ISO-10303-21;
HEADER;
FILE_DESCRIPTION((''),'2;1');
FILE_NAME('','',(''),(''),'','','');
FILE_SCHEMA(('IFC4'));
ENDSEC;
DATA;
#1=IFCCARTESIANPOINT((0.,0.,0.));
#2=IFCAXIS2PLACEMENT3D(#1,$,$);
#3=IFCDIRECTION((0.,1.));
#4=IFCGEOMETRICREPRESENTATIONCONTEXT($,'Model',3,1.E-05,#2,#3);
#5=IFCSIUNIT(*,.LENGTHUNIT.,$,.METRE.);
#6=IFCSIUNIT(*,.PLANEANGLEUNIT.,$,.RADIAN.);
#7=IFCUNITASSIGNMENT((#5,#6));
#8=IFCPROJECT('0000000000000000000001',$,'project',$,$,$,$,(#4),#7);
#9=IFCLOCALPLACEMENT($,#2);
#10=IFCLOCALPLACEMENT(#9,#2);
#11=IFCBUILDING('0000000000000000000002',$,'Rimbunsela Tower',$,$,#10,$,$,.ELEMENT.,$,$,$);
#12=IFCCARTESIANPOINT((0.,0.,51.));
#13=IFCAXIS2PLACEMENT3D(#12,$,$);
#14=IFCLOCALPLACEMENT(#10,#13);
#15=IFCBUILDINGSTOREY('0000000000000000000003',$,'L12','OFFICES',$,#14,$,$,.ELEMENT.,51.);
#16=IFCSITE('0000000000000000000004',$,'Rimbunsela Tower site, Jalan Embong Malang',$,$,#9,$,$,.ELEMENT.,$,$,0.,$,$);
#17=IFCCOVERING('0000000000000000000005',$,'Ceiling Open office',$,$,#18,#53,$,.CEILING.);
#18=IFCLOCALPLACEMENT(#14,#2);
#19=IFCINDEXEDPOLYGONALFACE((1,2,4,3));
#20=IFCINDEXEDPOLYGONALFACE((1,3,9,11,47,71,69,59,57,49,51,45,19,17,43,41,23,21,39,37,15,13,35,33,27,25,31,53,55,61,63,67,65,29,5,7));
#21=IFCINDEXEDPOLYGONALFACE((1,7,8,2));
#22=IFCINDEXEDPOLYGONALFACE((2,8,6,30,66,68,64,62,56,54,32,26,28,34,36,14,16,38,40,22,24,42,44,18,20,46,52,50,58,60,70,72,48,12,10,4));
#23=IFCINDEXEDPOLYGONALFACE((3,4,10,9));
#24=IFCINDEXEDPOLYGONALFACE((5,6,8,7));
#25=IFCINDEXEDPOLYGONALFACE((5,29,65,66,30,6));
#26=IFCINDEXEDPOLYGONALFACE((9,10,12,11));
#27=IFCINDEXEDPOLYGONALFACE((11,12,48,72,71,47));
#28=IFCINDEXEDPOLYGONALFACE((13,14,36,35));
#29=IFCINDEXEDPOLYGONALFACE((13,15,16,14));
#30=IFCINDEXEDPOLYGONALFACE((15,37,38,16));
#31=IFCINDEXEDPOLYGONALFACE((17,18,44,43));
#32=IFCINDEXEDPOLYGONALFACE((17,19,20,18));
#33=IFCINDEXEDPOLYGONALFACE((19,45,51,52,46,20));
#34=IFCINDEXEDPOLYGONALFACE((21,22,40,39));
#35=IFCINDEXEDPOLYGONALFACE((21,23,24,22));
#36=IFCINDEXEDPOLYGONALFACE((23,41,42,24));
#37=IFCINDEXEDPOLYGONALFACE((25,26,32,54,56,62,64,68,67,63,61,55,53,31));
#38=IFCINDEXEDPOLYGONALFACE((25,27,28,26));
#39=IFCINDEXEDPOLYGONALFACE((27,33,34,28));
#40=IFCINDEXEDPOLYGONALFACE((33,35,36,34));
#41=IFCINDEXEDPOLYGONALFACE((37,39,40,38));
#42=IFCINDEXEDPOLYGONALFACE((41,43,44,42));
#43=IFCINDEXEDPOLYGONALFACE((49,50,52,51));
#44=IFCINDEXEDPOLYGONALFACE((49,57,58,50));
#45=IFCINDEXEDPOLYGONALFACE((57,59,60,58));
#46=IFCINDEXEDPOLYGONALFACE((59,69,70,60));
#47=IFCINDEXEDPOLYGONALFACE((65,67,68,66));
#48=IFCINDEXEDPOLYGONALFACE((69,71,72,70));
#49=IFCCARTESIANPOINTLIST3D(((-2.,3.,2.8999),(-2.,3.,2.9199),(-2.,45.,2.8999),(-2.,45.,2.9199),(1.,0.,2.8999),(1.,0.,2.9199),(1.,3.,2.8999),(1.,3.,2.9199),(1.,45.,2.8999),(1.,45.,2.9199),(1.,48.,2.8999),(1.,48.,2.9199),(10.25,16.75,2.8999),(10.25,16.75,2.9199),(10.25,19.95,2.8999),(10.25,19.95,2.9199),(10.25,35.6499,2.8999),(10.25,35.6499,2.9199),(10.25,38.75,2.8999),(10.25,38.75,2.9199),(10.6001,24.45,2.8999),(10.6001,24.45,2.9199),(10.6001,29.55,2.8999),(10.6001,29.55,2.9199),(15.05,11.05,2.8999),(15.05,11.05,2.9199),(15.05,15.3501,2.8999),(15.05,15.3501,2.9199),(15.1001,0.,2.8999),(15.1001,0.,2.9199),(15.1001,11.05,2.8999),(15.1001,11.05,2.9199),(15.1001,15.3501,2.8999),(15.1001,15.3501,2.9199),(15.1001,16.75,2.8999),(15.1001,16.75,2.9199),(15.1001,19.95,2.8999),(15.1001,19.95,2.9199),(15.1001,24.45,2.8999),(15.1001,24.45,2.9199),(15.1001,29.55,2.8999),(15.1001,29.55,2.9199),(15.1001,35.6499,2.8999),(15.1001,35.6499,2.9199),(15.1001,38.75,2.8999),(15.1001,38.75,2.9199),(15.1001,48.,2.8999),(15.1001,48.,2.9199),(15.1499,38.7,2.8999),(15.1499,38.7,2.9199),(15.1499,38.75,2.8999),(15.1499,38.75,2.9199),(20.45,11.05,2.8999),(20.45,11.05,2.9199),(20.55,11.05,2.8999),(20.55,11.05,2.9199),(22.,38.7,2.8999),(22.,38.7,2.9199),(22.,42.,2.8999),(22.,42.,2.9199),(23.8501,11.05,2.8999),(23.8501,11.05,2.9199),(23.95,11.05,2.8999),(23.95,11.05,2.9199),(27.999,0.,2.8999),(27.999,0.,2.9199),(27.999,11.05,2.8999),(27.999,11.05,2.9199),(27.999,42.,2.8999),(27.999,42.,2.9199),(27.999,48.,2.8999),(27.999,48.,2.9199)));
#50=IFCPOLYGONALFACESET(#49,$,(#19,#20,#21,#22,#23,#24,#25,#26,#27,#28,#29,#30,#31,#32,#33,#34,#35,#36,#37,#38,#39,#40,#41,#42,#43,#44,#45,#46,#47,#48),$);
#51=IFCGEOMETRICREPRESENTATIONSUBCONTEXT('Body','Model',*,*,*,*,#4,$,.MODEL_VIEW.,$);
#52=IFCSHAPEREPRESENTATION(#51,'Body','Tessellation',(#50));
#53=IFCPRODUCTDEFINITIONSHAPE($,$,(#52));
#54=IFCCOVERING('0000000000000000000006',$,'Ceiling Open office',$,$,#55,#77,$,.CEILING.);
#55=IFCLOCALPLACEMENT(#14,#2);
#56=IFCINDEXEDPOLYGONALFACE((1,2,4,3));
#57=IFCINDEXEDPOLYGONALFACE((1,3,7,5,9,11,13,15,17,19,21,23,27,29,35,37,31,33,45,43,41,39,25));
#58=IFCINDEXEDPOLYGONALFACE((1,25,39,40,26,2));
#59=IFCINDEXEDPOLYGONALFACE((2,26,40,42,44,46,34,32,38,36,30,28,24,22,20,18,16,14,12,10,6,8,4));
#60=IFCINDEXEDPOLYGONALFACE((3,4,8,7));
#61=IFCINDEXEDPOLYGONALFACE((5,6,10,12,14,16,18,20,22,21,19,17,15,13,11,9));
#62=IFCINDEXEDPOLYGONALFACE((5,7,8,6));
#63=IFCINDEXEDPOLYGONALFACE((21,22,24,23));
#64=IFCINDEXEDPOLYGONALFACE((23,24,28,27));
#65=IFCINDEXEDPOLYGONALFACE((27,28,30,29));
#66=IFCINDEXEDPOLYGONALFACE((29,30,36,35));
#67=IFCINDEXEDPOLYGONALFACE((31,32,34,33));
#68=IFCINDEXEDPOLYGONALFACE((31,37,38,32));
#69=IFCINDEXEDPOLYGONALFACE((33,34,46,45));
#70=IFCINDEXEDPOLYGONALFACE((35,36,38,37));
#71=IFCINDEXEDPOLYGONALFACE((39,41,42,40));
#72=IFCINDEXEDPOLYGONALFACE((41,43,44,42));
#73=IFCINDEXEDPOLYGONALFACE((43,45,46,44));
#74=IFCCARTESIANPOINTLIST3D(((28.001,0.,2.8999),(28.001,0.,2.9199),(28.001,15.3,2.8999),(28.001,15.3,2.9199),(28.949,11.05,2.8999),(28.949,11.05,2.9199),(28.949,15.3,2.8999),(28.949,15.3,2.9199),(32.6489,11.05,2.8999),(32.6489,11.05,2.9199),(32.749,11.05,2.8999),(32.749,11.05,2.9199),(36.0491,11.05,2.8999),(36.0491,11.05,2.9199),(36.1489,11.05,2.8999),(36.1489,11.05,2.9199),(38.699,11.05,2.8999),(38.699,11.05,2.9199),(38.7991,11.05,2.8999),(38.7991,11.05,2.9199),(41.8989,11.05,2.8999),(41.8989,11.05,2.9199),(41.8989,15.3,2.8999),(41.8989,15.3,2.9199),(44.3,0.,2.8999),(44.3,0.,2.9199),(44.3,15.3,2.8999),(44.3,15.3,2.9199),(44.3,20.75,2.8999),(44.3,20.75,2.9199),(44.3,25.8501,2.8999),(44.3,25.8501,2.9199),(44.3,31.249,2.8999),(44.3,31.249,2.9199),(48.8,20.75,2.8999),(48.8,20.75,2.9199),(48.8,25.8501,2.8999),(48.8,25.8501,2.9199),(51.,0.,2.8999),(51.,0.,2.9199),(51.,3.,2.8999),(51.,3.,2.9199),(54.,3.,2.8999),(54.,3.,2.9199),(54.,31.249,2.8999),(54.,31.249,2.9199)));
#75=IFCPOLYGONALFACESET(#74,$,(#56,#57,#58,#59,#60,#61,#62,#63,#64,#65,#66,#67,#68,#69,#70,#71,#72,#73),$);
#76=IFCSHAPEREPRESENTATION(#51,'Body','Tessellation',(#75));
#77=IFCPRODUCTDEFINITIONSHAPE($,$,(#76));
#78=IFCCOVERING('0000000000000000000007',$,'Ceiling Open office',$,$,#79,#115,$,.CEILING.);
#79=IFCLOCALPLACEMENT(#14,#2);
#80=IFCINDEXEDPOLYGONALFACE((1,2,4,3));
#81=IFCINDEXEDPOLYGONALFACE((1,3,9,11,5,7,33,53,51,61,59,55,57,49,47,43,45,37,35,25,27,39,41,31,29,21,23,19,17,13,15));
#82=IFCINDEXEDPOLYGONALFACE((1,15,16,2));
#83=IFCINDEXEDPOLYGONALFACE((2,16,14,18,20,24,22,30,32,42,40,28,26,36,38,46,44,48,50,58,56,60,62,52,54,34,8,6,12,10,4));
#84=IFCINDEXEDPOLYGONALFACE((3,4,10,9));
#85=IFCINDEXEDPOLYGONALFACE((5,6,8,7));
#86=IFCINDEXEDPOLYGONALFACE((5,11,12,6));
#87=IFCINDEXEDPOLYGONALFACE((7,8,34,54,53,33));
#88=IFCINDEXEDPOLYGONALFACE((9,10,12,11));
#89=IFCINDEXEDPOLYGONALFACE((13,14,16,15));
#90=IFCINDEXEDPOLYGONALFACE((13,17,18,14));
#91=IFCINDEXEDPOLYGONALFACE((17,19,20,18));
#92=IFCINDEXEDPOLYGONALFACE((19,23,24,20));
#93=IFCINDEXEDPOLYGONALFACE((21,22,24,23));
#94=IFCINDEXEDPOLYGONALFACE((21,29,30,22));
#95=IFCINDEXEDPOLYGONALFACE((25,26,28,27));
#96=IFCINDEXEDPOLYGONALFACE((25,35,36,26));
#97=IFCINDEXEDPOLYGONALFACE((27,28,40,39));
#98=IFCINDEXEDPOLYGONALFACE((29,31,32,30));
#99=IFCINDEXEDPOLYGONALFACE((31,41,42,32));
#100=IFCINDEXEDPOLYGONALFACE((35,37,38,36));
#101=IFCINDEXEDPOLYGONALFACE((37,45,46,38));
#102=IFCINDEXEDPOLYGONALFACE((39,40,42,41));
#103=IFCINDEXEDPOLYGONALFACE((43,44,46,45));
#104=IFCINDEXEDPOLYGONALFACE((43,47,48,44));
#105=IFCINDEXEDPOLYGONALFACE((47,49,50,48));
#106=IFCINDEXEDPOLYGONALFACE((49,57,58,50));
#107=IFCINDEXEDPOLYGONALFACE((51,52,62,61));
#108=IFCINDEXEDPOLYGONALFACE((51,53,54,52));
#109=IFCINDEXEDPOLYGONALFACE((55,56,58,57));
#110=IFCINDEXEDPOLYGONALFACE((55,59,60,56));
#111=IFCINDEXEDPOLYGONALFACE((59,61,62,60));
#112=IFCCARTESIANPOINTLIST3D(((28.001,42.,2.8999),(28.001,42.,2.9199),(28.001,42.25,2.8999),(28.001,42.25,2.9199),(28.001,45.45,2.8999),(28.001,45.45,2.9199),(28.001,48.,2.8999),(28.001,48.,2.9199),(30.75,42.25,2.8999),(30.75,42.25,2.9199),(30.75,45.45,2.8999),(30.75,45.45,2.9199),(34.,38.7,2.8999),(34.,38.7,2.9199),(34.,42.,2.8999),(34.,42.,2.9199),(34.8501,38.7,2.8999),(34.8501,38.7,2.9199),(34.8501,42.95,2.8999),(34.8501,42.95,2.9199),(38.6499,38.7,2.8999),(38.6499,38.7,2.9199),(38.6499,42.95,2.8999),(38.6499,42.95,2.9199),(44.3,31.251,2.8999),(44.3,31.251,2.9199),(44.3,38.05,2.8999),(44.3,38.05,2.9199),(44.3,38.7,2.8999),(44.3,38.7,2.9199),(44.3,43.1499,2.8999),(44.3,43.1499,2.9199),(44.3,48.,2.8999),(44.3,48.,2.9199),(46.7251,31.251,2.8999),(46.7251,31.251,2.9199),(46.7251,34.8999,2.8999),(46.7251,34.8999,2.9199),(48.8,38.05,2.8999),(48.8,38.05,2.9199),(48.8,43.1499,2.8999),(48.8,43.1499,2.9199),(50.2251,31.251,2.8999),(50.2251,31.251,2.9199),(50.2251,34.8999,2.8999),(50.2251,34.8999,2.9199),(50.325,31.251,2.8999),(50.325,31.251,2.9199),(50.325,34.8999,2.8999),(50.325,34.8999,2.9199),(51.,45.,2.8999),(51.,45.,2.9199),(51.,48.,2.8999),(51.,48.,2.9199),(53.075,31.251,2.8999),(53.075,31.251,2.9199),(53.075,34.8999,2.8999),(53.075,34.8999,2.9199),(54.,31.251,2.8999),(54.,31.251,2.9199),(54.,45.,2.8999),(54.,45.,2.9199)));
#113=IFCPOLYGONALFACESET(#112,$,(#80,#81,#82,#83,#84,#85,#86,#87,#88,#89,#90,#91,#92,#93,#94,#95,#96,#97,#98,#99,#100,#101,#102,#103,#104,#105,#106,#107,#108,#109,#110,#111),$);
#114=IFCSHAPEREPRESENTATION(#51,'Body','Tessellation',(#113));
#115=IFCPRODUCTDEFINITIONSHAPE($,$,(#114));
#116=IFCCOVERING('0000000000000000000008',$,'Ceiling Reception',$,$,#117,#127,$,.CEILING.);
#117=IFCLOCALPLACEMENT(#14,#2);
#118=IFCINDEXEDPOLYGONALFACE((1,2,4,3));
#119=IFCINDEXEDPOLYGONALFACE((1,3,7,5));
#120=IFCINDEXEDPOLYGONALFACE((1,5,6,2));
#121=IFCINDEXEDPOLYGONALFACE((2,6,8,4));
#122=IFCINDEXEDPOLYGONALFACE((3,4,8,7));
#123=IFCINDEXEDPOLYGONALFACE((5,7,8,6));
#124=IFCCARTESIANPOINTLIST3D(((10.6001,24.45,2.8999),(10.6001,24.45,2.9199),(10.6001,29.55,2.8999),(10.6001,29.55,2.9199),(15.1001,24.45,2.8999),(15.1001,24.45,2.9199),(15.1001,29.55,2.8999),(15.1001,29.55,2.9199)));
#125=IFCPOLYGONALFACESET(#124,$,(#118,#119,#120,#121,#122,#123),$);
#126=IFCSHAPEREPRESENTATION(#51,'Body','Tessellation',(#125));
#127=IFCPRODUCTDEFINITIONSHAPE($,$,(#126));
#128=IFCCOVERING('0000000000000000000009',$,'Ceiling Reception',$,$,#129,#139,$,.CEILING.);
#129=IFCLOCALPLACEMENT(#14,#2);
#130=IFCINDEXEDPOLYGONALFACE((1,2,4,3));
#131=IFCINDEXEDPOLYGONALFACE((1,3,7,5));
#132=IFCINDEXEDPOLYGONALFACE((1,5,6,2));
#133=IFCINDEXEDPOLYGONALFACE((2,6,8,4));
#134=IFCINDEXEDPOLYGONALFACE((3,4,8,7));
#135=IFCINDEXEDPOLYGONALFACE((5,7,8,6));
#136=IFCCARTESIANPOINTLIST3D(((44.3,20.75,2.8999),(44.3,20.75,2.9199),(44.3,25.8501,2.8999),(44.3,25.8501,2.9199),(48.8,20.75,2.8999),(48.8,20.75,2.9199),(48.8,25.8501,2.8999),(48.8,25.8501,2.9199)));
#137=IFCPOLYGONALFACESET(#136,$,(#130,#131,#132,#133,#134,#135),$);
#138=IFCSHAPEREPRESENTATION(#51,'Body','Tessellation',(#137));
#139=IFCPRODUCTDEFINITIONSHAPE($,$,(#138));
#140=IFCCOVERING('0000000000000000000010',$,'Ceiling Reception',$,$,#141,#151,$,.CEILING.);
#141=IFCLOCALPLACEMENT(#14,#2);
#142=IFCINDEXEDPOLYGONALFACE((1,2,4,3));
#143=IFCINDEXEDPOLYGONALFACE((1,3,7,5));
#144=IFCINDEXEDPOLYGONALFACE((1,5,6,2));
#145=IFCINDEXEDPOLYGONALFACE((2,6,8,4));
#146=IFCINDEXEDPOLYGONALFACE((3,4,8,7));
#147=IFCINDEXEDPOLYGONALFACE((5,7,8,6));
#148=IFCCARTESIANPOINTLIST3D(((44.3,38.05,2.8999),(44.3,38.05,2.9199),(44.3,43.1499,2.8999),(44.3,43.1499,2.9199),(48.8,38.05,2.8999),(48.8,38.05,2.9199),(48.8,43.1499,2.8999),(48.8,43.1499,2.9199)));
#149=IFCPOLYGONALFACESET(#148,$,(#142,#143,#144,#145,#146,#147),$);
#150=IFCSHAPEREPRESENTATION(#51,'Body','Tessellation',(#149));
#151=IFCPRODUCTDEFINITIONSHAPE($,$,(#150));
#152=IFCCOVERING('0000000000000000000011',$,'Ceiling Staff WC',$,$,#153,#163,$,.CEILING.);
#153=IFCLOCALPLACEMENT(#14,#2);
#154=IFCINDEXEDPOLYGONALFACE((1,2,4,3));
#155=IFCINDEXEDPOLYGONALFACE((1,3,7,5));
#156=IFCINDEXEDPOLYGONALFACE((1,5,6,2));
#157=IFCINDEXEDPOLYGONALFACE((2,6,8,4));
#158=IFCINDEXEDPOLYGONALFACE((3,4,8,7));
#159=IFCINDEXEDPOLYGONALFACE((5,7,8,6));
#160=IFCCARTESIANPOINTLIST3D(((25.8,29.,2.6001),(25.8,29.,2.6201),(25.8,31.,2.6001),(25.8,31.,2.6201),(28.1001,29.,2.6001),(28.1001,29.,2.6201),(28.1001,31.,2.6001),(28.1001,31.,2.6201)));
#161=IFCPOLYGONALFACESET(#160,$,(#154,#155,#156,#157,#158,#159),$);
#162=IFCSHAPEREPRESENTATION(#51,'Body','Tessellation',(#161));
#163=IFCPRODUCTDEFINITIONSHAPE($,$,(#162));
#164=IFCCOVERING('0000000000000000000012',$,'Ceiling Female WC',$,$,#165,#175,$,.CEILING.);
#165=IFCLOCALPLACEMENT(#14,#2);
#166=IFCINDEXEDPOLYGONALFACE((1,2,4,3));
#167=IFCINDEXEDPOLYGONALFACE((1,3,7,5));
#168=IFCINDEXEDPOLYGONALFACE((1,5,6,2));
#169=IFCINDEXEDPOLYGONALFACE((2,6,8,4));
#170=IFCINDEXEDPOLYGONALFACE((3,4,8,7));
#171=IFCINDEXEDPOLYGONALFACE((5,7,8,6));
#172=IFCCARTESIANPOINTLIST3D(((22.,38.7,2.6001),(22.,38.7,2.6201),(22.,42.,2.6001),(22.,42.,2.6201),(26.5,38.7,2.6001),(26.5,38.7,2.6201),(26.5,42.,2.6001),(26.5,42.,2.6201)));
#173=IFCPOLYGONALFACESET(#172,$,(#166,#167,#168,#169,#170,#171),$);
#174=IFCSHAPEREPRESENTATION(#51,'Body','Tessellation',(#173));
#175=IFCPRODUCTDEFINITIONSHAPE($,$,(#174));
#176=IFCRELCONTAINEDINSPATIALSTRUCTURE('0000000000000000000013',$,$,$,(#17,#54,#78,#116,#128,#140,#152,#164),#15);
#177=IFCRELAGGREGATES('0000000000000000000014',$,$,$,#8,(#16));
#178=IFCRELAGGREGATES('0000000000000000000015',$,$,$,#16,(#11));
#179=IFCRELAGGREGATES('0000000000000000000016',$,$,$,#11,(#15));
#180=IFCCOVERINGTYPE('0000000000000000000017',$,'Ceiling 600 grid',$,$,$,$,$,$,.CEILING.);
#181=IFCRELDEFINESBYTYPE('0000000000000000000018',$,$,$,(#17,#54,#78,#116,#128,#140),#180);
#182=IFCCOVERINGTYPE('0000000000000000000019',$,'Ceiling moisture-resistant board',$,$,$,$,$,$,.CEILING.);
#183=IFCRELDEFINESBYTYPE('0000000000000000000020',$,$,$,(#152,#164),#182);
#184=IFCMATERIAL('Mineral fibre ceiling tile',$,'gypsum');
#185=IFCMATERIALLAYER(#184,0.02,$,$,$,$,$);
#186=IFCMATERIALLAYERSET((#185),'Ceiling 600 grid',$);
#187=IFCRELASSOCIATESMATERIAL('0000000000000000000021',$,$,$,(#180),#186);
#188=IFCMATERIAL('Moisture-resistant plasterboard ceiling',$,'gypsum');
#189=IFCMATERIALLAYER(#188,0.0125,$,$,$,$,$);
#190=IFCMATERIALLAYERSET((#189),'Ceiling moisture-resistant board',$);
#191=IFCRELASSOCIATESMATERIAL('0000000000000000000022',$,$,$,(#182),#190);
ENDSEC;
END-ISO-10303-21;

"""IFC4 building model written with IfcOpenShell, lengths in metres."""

from ifc_helpers import new_model, si_unit, direction, frame, origin, place, context, subcontext, project, spatial, polyline, outline, extrude, material, layer, layer_set, type_object, element, save


model = new_model("IFC4")

# Units and contexts
model_context = context("Model", 3, precision=1e-05, world=origin(), true_north=direction((0.0, 1.0)))
body_context = subcontext(model_context, "Body", "Model", "MODEL_VIEW")
ifc_project = project(units=[si_unit("LENGTHUNIT", "METRE"), si_unit("PLANEANGLEUNIT", "RADIAN")], contexts=[model_context])

# Site, building, storey
site_placement = place(None, origin())
site = spatial("IfcSite", under=ifc_project, at=site_placement, Name="Rimbunsela Tower site, Jalan Embong Malang", CompositionType="ELEMENT", RefElevation=0.0)
building_placement = place(site_placement, origin())
building = spatial("IfcBuilding", under=site, at=building_placement, Name="Rimbunsela Tower", CompositionType="ELEMENT")
storey_placement = place(building_placement, frame((0.0, 0.0, 51.0)))
storey = spatial("IfcBuildingStorey", under=building, at=storey_placement, Name="L12", Description="OFFICES", CompositionType="ELEMENT", Elevation=51.0)

# Coverings
ifc_material_1 = material(Name="Mineral fibre ceiling tile", Category="gypsum")
ifc_layer_1 = layer(ifc_material_1, 0.02)
ifc_layer_set_1 = layer_set([ifc_layer_1], Name="Ceiling 600 grid")
covering_type_1 = type_object("IfcCoveringType", Name="Ceiling 600 grid", PredefinedType="CEILING", material=ifc_layer_set_1)
covering_1_placement = place(storey_placement, frame((0.0, 0.0, 2.8999)))
element("IfcCovering", 1, at=covering_1_placement, inside=storey, type_object=covering_type_1, Name="Ceiling Open office", PredefinedType="CEILING", context=body_context, shape_type="SweptSolid", body=[
    extrude(outline(polyline([(20.55, 11.05), (23.8501, 11.05), (23.95, 11.05), (27.999, 11.05), (27.999, 0.0), (15.1001, 0.0), (1.0, 0.0), (1.0, 3.0), (-2.0, 3.0), (-2.0, 45.0), (1.0, 45.0), (1.0, 48.0), (15.1001, 48.0), (27.999, 48.0), (27.999, 42.0), (22.0, 42.0), (22.0, 38.7), (15.1499, 38.7), (15.1499, 38.75), (15.1001, 38.75), (10.25, 38.75), (10.25, 35.6499), (15.1001, 35.6499), (15.1001, 29.55), (10.6001, 29.55), (10.6001, 24.45), (15.1001, 24.45), (15.1001, 19.95), (10.25, 19.95), (10.25, 16.75), (15.1001, 16.75), (15.1001, 15.3501), (15.05, 15.3501), (15.05, 11.05), (15.1001, 11.05), (20.45, 11.05), (20.55, 11.05)])), origin(), (0.0, 0.0, 1.0), 0.02),
])
covering_2_placement = place(storey_placement, frame((0.0, 0.0, 2.8999)))
element("IfcCovering", 2, at=covering_2_placement, inside=storey, type_object=covering_type_1, Name="Ceiling Open office", PredefinedType="CEILING", context=body_context, shape_type="SweptSolid", body=[
    extrude(outline(polyline([(28.001, 15.3), (28.949, 15.3), (28.949, 11.05), (32.6489, 11.05), (32.749, 11.05), (36.0491, 11.05), (36.1489, 11.05), (38.699, 11.05), (38.7991, 11.05), (41.8989, 11.05), (41.8989, 15.3), (44.3, 15.3), (44.3, 20.75), (48.8, 20.75), (48.8, 25.8501), (44.3, 25.8501), (44.3, 31.249), (54.0, 31.249), (54.0, 3.0), (51.0, 3.0), (51.0, 0.0), (44.3, 0.0), (28.001, 0.0), (28.001, 15.3)])), origin(), (0.0, 0.0, 1.0), 0.02),
])
covering_3_placement = place(storey_placement, frame((0.0, 0.0, 2.8999)))
element("IfcCovering", 3, at=covering_3_placement, inside=storey, type_object=covering_type_1, Name="Ceiling Open office", PredefinedType="CEILING", context=body_context, shape_type="SweptSolid", body=[
    extrude(outline(polyline([(44.3, 38.7), (38.6499, 38.7), (38.6499, 42.95), (34.8501, 42.95), (34.8501, 38.7), (34.0, 38.7), (34.0, 42.0), (28.001, 42.0), (28.001, 42.25), (30.75, 42.25), (30.75, 45.45), (28.001, 45.45), (28.001, 48.0), (44.3, 48.0), (51.0, 48.0), (51.0, 45.0), (54.0, 45.0), (54.0, 31.251), (53.075, 31.251), (53.075, 34.8999), (50.325, 34.8999), (50.325, 31.251), (50.2251, 31.251), (50.2251, 34.8999), (46.7251, 34.8999), (46.7251, 31.251), (44.3, 31.251), (44.3, 38.05), (48.8, 38.05), (48.8, 43.1499), (44.3, 43.1499), (44.3, 38.7)])), origin(), (0.0, 0.0, 1.0), 0.02),
])
covering_4_placement = place(storey_placement, frame((0.0, 0.0, 2.8999)))
element("IfcCovering", 4, at=covering_4_placement, inside=storey, type_object=covering_type_1, Name="Ceiling Reception", PredefinedType="CEILING", context=body_context, shape_type="SweptSolid", body=[
    extrude(outline(polyline([(15.1001, 24.45), (15.1001, 29.55), (10.6001, 29.55), (10.6001, 24.45), (15.1001, 24.45)])), origin(), (0.0, 0.0, 1.0), 0.02),
])
covering_5_placement = place(storey_placement, frame((0.0, 0.0, 2.8999)))
element("IfcCovering", 5, at=covering_5_placement, inside=storey, type_object=covering_type_1, Name="Ceiling Reception", PredefinedType="CEILING", context=body_context, shape_type="SweptSolid", body=[
    extrude(outline(polyline([(48.8, 20.75), (48.8, 25.8501), (44.3, 25.8501), (44.3, 20.75), (48.8, 20.75)])), origin(), (0.0, 0.0, 1.0), 0.02),
])
covering_6_placement = place(storey_placement, frame((0.0, 0.0, 2.8999)))
element("IfcCovering", 6, at=covering_6_placement, inside=storey, type_object=covering_type_1, Name="Ceiling Reception", PredefinedType="CEILING", context=body_context, shape_type="SweptSolid", body=[
    extrude(outline(polyline([(48.8, 38.05), (48.8, 43.1499), (44.3, 43.1499), (44.3, 38.05), (48.8, 38.05)])), origin(), (0.0, 0.0, 1.0), 0.02),
])
ifc_material_2 = material(Name="Moisture-resistant plasterboard ceiling", Category="gypsum")
ifc_layer_2 = layer(ifc_material_2, 0.0125)
ifc_layer_set_2 = layer_set([ifc_layer_2], Name="Ceiling moisture-resistant board")
covering_type_2 = type_object("IfcCoveringType", Name="Ceiling moisture-resistant board", PredefinedType="CEILING", material=ifc_layer_set_2)
covering_7_placement = place(storey_placement, frame((0.0, 0.0, 2.6001)))
element("IfcCovering", 7, at=covering_7_placement, inside=storey, type_object=covering_type_2, Name="Ceiling Staff WC", PredefinedType="CEILING", context=body_context, shape_type="SweptSolid", body=[
    extrude(outline(polyline([(28.1001, 29.0), (28.1001, 31.0), (25.8, 31.0), (25.8, 29.0), (28.1001, 29.0)])), origin(), (0.0, 0.0, 1.0), 0.02),
])
covering_8_placement = place(storey_placement, frame((0.0, 0.0, 2.6001)))
element("IfcCovering", 8, at=covering_8_placement, inside=storey, type_object=covering_type_2, Name="Ceiling Female WC", PredefinedType="CEILING", context=body_context, shape_type="SweptSolid", body=[
    extrude(outline(polyline([(26.5, 38.7), (26.5, 42.0), (22.0, 42.0), (22.0, 38.7), (26.5, 38.7)])), origin(), (0.0, 0.0, 1.0), 0.02),
])

save(model, "model.ifc")
